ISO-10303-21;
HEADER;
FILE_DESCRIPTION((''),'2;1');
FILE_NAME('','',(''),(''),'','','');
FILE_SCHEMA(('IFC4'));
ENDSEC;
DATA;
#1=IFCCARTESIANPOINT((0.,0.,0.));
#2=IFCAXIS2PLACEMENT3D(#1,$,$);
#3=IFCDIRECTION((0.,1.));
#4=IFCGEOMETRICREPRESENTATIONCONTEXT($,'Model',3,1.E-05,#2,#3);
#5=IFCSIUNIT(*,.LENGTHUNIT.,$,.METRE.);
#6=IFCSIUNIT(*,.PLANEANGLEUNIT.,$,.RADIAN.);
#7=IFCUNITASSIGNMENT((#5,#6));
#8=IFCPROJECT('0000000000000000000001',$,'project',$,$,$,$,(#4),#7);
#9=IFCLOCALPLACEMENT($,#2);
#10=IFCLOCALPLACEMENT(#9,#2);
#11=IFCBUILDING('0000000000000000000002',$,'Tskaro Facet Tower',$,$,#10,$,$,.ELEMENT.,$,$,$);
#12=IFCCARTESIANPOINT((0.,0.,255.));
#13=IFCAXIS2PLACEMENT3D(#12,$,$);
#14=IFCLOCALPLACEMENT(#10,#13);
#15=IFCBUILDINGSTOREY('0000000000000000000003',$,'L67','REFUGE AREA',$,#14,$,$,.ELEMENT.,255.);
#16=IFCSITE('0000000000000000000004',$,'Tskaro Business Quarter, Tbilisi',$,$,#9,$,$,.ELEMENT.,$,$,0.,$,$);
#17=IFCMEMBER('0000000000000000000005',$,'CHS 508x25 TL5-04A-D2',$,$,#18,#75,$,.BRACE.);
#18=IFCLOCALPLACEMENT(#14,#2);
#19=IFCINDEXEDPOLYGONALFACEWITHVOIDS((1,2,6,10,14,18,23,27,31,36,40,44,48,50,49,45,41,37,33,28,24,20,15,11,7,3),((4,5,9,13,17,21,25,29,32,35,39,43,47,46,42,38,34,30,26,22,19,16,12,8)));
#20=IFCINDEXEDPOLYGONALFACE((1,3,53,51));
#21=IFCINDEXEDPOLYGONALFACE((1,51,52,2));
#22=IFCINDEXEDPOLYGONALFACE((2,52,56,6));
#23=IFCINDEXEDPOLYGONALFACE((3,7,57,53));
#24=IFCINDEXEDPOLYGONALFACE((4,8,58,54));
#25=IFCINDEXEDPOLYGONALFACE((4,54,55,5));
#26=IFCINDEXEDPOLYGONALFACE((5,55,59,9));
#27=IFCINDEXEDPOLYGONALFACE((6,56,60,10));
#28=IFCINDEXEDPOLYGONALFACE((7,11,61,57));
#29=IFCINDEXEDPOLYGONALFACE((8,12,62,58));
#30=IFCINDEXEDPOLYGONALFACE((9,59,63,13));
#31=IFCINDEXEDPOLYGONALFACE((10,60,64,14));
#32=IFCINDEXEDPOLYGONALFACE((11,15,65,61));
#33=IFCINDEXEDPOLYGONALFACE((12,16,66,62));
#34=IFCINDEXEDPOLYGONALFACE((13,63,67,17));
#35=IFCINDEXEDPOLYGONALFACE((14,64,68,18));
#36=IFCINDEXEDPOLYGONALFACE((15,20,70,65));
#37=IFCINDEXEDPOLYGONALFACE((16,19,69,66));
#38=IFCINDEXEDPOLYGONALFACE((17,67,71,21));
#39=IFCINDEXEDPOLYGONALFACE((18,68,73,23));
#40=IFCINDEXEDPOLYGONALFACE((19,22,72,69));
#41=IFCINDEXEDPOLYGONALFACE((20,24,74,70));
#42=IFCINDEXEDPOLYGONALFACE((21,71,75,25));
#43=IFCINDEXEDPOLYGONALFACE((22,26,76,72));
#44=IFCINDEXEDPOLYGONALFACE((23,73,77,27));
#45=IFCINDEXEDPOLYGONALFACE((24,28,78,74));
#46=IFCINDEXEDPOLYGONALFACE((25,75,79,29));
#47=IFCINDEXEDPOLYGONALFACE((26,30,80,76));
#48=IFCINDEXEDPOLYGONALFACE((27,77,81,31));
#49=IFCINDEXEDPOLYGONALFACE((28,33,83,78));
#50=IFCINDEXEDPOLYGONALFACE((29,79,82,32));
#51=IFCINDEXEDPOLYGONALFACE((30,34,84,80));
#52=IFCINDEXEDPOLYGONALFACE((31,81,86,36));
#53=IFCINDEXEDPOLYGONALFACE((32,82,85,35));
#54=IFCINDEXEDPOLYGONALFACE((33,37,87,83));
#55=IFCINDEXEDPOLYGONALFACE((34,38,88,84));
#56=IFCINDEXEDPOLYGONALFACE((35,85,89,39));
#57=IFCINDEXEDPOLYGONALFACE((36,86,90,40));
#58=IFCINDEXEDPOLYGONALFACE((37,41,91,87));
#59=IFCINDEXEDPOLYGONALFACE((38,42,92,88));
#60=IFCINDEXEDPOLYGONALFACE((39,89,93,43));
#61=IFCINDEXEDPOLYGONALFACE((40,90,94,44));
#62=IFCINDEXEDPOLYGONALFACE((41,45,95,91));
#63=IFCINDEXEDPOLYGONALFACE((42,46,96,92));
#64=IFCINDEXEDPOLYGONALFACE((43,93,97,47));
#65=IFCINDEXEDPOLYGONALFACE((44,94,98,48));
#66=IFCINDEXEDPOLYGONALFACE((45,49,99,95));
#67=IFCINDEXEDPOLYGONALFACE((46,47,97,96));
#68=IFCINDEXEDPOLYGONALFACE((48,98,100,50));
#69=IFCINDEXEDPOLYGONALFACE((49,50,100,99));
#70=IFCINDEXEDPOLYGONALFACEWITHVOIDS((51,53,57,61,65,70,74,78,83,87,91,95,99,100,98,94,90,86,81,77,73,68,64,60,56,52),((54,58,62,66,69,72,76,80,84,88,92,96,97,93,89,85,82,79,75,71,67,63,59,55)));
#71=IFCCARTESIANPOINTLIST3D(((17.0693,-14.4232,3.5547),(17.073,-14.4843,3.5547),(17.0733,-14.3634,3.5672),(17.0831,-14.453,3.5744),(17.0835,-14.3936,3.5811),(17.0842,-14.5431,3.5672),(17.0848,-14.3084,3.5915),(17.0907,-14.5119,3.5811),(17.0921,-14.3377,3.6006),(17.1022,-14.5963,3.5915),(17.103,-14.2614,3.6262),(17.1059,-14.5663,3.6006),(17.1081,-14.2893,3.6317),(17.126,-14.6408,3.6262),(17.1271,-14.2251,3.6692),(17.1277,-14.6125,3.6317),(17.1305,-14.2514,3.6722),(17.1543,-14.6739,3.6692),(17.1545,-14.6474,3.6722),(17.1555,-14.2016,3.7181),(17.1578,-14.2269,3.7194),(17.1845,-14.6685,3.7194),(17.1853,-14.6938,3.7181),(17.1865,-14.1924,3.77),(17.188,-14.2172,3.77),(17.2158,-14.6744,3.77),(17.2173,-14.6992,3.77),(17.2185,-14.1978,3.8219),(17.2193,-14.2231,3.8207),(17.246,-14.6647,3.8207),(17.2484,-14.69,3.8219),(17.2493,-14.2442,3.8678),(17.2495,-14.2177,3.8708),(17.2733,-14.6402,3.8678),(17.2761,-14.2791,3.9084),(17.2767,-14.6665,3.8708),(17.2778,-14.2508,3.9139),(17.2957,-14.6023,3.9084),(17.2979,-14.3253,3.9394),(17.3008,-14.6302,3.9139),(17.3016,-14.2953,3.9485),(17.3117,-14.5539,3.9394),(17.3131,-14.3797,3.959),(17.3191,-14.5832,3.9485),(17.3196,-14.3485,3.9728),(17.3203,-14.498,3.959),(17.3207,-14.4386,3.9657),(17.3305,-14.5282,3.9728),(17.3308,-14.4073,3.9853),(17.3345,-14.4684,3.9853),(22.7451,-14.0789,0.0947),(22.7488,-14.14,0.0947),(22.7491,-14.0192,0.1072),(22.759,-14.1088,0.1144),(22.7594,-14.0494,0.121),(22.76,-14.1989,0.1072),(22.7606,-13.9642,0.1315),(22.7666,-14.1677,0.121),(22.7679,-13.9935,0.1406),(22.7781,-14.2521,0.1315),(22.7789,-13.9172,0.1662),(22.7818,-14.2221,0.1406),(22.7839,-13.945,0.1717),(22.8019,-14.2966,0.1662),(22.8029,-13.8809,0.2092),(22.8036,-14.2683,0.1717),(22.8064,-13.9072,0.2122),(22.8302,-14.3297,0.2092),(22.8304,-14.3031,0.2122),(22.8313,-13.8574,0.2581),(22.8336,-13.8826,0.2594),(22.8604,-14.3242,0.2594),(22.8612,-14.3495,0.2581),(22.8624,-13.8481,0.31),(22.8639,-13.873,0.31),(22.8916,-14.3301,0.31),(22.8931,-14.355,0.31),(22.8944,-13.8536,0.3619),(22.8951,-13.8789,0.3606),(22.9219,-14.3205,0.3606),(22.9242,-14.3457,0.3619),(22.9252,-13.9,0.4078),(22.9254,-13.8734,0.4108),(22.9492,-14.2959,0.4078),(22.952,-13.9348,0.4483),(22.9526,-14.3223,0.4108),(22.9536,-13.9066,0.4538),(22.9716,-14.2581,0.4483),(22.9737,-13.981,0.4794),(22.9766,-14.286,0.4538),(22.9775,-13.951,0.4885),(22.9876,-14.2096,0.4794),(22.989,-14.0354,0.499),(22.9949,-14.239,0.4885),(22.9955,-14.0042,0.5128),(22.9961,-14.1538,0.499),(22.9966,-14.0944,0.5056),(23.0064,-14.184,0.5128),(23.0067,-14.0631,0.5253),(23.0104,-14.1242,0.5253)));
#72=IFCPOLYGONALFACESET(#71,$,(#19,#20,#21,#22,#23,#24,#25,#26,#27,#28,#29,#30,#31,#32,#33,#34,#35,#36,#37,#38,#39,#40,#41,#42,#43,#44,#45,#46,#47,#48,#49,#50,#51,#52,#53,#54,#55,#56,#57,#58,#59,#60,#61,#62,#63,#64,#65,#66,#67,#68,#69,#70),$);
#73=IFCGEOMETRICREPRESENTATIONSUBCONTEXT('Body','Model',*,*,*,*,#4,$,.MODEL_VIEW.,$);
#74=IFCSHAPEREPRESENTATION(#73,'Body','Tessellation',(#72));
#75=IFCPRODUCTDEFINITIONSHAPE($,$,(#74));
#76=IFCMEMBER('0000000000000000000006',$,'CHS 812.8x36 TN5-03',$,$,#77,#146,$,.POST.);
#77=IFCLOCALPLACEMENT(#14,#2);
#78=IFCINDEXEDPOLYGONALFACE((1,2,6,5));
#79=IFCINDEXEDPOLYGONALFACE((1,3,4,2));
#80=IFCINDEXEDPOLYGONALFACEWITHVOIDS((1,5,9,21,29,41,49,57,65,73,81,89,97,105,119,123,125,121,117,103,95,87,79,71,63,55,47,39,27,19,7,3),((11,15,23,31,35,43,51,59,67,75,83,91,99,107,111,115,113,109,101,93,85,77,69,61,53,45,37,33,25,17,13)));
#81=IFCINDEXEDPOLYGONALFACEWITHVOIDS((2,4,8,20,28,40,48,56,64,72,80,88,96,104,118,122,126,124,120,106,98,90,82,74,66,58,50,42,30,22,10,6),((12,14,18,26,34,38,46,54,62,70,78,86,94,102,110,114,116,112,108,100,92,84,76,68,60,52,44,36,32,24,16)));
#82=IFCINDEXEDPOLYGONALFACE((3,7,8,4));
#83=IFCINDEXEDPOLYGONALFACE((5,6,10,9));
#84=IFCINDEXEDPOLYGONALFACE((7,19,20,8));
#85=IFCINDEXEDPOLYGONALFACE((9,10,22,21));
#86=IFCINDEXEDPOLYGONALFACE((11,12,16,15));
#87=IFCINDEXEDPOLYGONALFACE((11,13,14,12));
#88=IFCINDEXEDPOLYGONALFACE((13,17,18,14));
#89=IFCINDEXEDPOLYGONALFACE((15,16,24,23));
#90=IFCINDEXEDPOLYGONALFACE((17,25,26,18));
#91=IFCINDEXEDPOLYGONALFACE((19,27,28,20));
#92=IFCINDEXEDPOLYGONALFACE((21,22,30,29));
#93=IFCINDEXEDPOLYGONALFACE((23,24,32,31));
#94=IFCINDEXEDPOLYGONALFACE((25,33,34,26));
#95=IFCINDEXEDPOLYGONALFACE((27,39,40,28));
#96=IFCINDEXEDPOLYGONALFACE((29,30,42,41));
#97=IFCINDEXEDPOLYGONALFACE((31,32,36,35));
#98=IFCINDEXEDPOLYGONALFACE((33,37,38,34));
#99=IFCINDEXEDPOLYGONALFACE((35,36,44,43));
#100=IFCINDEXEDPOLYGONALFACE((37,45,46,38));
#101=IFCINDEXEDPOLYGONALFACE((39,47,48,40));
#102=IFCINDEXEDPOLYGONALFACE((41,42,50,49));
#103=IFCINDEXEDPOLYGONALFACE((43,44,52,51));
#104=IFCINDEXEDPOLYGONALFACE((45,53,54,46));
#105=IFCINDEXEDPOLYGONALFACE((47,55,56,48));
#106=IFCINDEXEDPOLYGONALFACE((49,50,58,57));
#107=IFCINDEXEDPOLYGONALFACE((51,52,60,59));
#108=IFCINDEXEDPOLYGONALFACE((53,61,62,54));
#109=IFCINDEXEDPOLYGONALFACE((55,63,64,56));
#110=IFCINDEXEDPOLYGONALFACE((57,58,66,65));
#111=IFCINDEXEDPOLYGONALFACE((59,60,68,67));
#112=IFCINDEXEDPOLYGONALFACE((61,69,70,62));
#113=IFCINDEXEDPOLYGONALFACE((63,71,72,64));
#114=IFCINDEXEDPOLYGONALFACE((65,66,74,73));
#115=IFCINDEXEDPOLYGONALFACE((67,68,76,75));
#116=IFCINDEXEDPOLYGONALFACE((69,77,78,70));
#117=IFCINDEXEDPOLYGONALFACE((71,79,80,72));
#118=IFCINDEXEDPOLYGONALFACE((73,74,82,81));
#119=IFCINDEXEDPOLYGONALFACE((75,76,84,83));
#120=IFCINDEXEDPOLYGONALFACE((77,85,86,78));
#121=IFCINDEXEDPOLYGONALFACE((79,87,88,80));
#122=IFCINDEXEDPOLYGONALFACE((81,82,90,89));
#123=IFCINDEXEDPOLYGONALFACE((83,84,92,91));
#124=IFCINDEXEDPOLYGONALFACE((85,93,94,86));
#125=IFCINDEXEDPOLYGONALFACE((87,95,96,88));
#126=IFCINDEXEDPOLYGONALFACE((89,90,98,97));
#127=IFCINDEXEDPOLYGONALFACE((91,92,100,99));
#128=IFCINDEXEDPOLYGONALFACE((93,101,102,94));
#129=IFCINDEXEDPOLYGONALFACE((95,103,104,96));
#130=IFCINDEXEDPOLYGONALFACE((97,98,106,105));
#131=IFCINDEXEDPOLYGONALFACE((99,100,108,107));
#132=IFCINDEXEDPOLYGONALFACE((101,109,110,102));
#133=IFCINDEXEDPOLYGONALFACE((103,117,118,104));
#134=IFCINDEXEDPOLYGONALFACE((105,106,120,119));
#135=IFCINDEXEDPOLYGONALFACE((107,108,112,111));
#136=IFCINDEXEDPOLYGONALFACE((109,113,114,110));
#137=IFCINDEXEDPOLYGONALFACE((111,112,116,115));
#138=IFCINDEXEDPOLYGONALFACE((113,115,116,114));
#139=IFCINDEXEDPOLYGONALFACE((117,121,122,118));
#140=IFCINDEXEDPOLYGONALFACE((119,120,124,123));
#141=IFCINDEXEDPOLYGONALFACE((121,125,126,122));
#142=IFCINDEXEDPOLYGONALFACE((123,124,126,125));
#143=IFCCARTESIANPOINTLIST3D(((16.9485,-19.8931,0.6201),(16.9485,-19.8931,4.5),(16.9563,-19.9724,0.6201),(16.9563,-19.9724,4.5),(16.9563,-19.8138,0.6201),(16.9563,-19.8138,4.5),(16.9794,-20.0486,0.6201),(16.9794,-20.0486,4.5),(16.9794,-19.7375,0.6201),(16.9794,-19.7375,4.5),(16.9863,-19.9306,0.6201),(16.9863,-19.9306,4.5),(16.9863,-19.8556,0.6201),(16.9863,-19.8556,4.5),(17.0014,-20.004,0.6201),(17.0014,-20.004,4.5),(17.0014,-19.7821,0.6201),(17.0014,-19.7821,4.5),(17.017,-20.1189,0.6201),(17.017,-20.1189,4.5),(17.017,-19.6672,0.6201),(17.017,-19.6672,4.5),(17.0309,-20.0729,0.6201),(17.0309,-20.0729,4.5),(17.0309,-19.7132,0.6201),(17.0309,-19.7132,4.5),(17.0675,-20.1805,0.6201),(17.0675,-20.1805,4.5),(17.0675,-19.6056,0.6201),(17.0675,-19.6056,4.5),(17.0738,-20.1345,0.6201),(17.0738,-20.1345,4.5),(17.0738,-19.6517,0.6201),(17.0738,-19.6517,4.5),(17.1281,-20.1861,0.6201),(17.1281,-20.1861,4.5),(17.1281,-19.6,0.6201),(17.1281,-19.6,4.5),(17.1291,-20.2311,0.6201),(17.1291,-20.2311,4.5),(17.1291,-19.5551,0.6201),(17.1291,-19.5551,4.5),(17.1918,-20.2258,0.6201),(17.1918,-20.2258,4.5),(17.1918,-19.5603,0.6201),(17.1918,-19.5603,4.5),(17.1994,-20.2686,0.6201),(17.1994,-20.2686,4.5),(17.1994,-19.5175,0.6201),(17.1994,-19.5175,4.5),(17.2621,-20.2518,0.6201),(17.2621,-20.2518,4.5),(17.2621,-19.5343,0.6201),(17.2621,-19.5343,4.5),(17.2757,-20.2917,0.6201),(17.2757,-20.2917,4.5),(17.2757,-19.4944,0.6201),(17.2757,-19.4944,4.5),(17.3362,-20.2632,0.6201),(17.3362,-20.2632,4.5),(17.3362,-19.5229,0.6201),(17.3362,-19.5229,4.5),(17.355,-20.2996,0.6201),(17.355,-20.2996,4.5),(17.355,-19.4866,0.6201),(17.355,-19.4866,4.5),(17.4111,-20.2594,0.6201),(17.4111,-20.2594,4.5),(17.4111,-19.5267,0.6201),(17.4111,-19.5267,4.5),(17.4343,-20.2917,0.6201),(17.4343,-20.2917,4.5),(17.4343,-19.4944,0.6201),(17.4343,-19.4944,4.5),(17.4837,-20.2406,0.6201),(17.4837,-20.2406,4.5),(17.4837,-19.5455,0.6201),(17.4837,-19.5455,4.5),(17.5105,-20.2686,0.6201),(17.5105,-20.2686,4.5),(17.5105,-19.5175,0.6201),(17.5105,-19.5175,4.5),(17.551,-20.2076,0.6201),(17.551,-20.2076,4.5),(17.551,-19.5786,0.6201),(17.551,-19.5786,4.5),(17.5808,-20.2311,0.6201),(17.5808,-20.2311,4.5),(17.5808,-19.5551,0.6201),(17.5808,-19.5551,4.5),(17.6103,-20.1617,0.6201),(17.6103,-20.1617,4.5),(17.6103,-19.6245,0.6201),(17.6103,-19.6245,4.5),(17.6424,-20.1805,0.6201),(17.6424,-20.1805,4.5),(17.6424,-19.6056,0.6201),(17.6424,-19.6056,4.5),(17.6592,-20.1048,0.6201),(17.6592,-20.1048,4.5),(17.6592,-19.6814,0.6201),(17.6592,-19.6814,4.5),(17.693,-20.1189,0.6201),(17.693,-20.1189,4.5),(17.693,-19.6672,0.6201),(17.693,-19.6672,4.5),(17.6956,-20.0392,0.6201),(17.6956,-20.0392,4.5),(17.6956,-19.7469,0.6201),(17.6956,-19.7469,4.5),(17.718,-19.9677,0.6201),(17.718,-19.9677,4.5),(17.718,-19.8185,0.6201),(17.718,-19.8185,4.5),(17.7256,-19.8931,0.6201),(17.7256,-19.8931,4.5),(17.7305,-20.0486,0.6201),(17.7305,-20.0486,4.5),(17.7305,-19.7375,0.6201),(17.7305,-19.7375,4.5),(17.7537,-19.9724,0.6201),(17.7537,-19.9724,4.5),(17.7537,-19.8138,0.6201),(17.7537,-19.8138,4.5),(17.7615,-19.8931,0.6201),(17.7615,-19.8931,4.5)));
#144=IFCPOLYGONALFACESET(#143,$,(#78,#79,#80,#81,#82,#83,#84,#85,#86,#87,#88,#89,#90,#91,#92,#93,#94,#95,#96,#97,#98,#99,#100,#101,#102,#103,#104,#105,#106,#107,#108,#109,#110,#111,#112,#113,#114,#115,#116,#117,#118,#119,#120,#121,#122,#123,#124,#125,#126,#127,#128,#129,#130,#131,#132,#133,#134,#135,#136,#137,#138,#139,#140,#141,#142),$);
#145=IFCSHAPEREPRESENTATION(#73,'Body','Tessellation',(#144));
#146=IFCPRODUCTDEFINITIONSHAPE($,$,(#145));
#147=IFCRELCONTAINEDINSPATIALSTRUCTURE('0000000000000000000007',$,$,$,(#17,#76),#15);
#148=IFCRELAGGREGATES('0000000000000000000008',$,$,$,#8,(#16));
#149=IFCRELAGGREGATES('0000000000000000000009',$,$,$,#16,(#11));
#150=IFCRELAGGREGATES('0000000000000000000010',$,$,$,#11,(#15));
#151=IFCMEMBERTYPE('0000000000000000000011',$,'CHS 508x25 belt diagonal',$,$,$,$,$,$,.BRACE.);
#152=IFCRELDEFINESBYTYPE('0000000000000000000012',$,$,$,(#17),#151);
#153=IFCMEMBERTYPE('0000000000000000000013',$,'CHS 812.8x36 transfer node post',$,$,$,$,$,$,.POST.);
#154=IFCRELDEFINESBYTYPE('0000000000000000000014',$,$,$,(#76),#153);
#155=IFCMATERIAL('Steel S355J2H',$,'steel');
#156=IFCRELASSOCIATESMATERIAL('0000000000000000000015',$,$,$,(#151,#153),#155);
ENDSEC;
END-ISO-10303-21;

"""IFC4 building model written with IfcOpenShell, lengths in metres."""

from ifc_helpers import new_model, si_unit, direction, frame, origin, origin_2d, place, context, subcontext, project, spatial, hollow_circle, extrude, material, material_profile, profile_set, type_object, element, save


model = new_model("IFC4")

# Units and contexts
model_context = context("Model", 3, precision=1e-05, world=origin(), true_north=direction((0.0, 1.0)))
body_context = subcontext(model_context, "Body", "Model", "MODEL_VIEW")
ifc_project = project(units=[si_unit("LENGTHUNIT", "METRE"), si_unit("PLANEANGLEUNIT", "RADIAN")], contexts=[model_context])

# Site, building, storey
site_placement = place(None, origin())
site = spatial("IfcSite", under=ifc_project, at=site_placement, Name="Tskaro Business Quarter, Tbilisi", CompositionType="ELEMENT", RefElevation=0.0)
building_placement = place(site_placement, origin())
building = spatial("IfcBuilding", under=site, at=building_placement, Name="Tskaro Facet Tower", CompositionType="ELEMENT")
storey_placement = place(building_placement, frame((0.0, 0.0, 255.0)))
storey = spatial("IfcBuildingStorey", under=building, at=storey_placement, Name="L67", Description="REFUGE AREA", CompositionType="ELEMENT", Elevation=255.0)

# Shared definitions
ifc_material_1 = material(Name="Steel S355J2H", Category="steel")

# Members
ifc_material_profile_1 = material_profile(ifc_material_1, hollow_circle(Radius=0.2539, WallThickness=0.0249, at=origin_2d()), Name="CHS 508x25")
ifc_profile_set_1 = profile_set([ifc_material_profile_1], Name="Steel S355J2H")
member_type_1 = type_object("IfcMemberType", Name="CHS 508x25 belt diagonal", PredefinedType="BRACE", material=ifc_profile_set_1)
for number, where, z_axis, x_axis, name in (
    (1, (17.2019, -14.4458, 3.77), (0.852712, 0.051717, -0.519814), (-0.060539, 0.998166, 0.0), "CHS 508x25 TL5-04A-D2"),
):
    element("IfcMember", number, at=place(storey_placement, frame(where, z_axis=z_axis, x_axis=x_axis)), inside=storey, type_object=member_type_1, Name=name, PredefinedType="BRACE", context=body_context, shape_type="SweptSolid", body=[
        extrude(hollow_circle(Radius=0.2539, WallThickness=0.0249, at=origin_2d()), origin(), (0.0, 0.0, 1.0), 6.6562),
    ])
ifc_material_profile_2 = material_profile(ifc_material_1, hollow_circle(Radius=0.4065, WallThickness=0.0359, at=origin_2d()), Name="CHS 812.8x36")
ifc_profile_set_2 = profile_set([ifc_material_profile_2], Name="Steel S355J2H")
member_type_2 = type_object("IfcMemberType", Name="CHS 812.8x36 transfer node post", PredefinedType="POST", material=ifc_profile_set_2)
for number, where, z_axis, x_axis, name in (
    (2, (17.355, -19.8931, 0.6201), (0.0, 0.0, 1.0), (1.0, 0.0, 0.0), "CHS 812.8x36 TN5-03"),
):
    element("IfcMember", number, at=place(storey_placement, frame(where, z_axis=z_axis, x_axis=x_axis)), inside=storey, type_object=member_type_2, Name=name, PredefinedType="POST", context=body_context, shape_type="SweptSolid", body=[
        extrude(hollow_circle(Radius=0.4065, WallThickness=0.0359, at=origin_2d()), origin(), (0.0, 0.0, 1.0), 3.8799),
    ])

save(model, "model.ifc")
